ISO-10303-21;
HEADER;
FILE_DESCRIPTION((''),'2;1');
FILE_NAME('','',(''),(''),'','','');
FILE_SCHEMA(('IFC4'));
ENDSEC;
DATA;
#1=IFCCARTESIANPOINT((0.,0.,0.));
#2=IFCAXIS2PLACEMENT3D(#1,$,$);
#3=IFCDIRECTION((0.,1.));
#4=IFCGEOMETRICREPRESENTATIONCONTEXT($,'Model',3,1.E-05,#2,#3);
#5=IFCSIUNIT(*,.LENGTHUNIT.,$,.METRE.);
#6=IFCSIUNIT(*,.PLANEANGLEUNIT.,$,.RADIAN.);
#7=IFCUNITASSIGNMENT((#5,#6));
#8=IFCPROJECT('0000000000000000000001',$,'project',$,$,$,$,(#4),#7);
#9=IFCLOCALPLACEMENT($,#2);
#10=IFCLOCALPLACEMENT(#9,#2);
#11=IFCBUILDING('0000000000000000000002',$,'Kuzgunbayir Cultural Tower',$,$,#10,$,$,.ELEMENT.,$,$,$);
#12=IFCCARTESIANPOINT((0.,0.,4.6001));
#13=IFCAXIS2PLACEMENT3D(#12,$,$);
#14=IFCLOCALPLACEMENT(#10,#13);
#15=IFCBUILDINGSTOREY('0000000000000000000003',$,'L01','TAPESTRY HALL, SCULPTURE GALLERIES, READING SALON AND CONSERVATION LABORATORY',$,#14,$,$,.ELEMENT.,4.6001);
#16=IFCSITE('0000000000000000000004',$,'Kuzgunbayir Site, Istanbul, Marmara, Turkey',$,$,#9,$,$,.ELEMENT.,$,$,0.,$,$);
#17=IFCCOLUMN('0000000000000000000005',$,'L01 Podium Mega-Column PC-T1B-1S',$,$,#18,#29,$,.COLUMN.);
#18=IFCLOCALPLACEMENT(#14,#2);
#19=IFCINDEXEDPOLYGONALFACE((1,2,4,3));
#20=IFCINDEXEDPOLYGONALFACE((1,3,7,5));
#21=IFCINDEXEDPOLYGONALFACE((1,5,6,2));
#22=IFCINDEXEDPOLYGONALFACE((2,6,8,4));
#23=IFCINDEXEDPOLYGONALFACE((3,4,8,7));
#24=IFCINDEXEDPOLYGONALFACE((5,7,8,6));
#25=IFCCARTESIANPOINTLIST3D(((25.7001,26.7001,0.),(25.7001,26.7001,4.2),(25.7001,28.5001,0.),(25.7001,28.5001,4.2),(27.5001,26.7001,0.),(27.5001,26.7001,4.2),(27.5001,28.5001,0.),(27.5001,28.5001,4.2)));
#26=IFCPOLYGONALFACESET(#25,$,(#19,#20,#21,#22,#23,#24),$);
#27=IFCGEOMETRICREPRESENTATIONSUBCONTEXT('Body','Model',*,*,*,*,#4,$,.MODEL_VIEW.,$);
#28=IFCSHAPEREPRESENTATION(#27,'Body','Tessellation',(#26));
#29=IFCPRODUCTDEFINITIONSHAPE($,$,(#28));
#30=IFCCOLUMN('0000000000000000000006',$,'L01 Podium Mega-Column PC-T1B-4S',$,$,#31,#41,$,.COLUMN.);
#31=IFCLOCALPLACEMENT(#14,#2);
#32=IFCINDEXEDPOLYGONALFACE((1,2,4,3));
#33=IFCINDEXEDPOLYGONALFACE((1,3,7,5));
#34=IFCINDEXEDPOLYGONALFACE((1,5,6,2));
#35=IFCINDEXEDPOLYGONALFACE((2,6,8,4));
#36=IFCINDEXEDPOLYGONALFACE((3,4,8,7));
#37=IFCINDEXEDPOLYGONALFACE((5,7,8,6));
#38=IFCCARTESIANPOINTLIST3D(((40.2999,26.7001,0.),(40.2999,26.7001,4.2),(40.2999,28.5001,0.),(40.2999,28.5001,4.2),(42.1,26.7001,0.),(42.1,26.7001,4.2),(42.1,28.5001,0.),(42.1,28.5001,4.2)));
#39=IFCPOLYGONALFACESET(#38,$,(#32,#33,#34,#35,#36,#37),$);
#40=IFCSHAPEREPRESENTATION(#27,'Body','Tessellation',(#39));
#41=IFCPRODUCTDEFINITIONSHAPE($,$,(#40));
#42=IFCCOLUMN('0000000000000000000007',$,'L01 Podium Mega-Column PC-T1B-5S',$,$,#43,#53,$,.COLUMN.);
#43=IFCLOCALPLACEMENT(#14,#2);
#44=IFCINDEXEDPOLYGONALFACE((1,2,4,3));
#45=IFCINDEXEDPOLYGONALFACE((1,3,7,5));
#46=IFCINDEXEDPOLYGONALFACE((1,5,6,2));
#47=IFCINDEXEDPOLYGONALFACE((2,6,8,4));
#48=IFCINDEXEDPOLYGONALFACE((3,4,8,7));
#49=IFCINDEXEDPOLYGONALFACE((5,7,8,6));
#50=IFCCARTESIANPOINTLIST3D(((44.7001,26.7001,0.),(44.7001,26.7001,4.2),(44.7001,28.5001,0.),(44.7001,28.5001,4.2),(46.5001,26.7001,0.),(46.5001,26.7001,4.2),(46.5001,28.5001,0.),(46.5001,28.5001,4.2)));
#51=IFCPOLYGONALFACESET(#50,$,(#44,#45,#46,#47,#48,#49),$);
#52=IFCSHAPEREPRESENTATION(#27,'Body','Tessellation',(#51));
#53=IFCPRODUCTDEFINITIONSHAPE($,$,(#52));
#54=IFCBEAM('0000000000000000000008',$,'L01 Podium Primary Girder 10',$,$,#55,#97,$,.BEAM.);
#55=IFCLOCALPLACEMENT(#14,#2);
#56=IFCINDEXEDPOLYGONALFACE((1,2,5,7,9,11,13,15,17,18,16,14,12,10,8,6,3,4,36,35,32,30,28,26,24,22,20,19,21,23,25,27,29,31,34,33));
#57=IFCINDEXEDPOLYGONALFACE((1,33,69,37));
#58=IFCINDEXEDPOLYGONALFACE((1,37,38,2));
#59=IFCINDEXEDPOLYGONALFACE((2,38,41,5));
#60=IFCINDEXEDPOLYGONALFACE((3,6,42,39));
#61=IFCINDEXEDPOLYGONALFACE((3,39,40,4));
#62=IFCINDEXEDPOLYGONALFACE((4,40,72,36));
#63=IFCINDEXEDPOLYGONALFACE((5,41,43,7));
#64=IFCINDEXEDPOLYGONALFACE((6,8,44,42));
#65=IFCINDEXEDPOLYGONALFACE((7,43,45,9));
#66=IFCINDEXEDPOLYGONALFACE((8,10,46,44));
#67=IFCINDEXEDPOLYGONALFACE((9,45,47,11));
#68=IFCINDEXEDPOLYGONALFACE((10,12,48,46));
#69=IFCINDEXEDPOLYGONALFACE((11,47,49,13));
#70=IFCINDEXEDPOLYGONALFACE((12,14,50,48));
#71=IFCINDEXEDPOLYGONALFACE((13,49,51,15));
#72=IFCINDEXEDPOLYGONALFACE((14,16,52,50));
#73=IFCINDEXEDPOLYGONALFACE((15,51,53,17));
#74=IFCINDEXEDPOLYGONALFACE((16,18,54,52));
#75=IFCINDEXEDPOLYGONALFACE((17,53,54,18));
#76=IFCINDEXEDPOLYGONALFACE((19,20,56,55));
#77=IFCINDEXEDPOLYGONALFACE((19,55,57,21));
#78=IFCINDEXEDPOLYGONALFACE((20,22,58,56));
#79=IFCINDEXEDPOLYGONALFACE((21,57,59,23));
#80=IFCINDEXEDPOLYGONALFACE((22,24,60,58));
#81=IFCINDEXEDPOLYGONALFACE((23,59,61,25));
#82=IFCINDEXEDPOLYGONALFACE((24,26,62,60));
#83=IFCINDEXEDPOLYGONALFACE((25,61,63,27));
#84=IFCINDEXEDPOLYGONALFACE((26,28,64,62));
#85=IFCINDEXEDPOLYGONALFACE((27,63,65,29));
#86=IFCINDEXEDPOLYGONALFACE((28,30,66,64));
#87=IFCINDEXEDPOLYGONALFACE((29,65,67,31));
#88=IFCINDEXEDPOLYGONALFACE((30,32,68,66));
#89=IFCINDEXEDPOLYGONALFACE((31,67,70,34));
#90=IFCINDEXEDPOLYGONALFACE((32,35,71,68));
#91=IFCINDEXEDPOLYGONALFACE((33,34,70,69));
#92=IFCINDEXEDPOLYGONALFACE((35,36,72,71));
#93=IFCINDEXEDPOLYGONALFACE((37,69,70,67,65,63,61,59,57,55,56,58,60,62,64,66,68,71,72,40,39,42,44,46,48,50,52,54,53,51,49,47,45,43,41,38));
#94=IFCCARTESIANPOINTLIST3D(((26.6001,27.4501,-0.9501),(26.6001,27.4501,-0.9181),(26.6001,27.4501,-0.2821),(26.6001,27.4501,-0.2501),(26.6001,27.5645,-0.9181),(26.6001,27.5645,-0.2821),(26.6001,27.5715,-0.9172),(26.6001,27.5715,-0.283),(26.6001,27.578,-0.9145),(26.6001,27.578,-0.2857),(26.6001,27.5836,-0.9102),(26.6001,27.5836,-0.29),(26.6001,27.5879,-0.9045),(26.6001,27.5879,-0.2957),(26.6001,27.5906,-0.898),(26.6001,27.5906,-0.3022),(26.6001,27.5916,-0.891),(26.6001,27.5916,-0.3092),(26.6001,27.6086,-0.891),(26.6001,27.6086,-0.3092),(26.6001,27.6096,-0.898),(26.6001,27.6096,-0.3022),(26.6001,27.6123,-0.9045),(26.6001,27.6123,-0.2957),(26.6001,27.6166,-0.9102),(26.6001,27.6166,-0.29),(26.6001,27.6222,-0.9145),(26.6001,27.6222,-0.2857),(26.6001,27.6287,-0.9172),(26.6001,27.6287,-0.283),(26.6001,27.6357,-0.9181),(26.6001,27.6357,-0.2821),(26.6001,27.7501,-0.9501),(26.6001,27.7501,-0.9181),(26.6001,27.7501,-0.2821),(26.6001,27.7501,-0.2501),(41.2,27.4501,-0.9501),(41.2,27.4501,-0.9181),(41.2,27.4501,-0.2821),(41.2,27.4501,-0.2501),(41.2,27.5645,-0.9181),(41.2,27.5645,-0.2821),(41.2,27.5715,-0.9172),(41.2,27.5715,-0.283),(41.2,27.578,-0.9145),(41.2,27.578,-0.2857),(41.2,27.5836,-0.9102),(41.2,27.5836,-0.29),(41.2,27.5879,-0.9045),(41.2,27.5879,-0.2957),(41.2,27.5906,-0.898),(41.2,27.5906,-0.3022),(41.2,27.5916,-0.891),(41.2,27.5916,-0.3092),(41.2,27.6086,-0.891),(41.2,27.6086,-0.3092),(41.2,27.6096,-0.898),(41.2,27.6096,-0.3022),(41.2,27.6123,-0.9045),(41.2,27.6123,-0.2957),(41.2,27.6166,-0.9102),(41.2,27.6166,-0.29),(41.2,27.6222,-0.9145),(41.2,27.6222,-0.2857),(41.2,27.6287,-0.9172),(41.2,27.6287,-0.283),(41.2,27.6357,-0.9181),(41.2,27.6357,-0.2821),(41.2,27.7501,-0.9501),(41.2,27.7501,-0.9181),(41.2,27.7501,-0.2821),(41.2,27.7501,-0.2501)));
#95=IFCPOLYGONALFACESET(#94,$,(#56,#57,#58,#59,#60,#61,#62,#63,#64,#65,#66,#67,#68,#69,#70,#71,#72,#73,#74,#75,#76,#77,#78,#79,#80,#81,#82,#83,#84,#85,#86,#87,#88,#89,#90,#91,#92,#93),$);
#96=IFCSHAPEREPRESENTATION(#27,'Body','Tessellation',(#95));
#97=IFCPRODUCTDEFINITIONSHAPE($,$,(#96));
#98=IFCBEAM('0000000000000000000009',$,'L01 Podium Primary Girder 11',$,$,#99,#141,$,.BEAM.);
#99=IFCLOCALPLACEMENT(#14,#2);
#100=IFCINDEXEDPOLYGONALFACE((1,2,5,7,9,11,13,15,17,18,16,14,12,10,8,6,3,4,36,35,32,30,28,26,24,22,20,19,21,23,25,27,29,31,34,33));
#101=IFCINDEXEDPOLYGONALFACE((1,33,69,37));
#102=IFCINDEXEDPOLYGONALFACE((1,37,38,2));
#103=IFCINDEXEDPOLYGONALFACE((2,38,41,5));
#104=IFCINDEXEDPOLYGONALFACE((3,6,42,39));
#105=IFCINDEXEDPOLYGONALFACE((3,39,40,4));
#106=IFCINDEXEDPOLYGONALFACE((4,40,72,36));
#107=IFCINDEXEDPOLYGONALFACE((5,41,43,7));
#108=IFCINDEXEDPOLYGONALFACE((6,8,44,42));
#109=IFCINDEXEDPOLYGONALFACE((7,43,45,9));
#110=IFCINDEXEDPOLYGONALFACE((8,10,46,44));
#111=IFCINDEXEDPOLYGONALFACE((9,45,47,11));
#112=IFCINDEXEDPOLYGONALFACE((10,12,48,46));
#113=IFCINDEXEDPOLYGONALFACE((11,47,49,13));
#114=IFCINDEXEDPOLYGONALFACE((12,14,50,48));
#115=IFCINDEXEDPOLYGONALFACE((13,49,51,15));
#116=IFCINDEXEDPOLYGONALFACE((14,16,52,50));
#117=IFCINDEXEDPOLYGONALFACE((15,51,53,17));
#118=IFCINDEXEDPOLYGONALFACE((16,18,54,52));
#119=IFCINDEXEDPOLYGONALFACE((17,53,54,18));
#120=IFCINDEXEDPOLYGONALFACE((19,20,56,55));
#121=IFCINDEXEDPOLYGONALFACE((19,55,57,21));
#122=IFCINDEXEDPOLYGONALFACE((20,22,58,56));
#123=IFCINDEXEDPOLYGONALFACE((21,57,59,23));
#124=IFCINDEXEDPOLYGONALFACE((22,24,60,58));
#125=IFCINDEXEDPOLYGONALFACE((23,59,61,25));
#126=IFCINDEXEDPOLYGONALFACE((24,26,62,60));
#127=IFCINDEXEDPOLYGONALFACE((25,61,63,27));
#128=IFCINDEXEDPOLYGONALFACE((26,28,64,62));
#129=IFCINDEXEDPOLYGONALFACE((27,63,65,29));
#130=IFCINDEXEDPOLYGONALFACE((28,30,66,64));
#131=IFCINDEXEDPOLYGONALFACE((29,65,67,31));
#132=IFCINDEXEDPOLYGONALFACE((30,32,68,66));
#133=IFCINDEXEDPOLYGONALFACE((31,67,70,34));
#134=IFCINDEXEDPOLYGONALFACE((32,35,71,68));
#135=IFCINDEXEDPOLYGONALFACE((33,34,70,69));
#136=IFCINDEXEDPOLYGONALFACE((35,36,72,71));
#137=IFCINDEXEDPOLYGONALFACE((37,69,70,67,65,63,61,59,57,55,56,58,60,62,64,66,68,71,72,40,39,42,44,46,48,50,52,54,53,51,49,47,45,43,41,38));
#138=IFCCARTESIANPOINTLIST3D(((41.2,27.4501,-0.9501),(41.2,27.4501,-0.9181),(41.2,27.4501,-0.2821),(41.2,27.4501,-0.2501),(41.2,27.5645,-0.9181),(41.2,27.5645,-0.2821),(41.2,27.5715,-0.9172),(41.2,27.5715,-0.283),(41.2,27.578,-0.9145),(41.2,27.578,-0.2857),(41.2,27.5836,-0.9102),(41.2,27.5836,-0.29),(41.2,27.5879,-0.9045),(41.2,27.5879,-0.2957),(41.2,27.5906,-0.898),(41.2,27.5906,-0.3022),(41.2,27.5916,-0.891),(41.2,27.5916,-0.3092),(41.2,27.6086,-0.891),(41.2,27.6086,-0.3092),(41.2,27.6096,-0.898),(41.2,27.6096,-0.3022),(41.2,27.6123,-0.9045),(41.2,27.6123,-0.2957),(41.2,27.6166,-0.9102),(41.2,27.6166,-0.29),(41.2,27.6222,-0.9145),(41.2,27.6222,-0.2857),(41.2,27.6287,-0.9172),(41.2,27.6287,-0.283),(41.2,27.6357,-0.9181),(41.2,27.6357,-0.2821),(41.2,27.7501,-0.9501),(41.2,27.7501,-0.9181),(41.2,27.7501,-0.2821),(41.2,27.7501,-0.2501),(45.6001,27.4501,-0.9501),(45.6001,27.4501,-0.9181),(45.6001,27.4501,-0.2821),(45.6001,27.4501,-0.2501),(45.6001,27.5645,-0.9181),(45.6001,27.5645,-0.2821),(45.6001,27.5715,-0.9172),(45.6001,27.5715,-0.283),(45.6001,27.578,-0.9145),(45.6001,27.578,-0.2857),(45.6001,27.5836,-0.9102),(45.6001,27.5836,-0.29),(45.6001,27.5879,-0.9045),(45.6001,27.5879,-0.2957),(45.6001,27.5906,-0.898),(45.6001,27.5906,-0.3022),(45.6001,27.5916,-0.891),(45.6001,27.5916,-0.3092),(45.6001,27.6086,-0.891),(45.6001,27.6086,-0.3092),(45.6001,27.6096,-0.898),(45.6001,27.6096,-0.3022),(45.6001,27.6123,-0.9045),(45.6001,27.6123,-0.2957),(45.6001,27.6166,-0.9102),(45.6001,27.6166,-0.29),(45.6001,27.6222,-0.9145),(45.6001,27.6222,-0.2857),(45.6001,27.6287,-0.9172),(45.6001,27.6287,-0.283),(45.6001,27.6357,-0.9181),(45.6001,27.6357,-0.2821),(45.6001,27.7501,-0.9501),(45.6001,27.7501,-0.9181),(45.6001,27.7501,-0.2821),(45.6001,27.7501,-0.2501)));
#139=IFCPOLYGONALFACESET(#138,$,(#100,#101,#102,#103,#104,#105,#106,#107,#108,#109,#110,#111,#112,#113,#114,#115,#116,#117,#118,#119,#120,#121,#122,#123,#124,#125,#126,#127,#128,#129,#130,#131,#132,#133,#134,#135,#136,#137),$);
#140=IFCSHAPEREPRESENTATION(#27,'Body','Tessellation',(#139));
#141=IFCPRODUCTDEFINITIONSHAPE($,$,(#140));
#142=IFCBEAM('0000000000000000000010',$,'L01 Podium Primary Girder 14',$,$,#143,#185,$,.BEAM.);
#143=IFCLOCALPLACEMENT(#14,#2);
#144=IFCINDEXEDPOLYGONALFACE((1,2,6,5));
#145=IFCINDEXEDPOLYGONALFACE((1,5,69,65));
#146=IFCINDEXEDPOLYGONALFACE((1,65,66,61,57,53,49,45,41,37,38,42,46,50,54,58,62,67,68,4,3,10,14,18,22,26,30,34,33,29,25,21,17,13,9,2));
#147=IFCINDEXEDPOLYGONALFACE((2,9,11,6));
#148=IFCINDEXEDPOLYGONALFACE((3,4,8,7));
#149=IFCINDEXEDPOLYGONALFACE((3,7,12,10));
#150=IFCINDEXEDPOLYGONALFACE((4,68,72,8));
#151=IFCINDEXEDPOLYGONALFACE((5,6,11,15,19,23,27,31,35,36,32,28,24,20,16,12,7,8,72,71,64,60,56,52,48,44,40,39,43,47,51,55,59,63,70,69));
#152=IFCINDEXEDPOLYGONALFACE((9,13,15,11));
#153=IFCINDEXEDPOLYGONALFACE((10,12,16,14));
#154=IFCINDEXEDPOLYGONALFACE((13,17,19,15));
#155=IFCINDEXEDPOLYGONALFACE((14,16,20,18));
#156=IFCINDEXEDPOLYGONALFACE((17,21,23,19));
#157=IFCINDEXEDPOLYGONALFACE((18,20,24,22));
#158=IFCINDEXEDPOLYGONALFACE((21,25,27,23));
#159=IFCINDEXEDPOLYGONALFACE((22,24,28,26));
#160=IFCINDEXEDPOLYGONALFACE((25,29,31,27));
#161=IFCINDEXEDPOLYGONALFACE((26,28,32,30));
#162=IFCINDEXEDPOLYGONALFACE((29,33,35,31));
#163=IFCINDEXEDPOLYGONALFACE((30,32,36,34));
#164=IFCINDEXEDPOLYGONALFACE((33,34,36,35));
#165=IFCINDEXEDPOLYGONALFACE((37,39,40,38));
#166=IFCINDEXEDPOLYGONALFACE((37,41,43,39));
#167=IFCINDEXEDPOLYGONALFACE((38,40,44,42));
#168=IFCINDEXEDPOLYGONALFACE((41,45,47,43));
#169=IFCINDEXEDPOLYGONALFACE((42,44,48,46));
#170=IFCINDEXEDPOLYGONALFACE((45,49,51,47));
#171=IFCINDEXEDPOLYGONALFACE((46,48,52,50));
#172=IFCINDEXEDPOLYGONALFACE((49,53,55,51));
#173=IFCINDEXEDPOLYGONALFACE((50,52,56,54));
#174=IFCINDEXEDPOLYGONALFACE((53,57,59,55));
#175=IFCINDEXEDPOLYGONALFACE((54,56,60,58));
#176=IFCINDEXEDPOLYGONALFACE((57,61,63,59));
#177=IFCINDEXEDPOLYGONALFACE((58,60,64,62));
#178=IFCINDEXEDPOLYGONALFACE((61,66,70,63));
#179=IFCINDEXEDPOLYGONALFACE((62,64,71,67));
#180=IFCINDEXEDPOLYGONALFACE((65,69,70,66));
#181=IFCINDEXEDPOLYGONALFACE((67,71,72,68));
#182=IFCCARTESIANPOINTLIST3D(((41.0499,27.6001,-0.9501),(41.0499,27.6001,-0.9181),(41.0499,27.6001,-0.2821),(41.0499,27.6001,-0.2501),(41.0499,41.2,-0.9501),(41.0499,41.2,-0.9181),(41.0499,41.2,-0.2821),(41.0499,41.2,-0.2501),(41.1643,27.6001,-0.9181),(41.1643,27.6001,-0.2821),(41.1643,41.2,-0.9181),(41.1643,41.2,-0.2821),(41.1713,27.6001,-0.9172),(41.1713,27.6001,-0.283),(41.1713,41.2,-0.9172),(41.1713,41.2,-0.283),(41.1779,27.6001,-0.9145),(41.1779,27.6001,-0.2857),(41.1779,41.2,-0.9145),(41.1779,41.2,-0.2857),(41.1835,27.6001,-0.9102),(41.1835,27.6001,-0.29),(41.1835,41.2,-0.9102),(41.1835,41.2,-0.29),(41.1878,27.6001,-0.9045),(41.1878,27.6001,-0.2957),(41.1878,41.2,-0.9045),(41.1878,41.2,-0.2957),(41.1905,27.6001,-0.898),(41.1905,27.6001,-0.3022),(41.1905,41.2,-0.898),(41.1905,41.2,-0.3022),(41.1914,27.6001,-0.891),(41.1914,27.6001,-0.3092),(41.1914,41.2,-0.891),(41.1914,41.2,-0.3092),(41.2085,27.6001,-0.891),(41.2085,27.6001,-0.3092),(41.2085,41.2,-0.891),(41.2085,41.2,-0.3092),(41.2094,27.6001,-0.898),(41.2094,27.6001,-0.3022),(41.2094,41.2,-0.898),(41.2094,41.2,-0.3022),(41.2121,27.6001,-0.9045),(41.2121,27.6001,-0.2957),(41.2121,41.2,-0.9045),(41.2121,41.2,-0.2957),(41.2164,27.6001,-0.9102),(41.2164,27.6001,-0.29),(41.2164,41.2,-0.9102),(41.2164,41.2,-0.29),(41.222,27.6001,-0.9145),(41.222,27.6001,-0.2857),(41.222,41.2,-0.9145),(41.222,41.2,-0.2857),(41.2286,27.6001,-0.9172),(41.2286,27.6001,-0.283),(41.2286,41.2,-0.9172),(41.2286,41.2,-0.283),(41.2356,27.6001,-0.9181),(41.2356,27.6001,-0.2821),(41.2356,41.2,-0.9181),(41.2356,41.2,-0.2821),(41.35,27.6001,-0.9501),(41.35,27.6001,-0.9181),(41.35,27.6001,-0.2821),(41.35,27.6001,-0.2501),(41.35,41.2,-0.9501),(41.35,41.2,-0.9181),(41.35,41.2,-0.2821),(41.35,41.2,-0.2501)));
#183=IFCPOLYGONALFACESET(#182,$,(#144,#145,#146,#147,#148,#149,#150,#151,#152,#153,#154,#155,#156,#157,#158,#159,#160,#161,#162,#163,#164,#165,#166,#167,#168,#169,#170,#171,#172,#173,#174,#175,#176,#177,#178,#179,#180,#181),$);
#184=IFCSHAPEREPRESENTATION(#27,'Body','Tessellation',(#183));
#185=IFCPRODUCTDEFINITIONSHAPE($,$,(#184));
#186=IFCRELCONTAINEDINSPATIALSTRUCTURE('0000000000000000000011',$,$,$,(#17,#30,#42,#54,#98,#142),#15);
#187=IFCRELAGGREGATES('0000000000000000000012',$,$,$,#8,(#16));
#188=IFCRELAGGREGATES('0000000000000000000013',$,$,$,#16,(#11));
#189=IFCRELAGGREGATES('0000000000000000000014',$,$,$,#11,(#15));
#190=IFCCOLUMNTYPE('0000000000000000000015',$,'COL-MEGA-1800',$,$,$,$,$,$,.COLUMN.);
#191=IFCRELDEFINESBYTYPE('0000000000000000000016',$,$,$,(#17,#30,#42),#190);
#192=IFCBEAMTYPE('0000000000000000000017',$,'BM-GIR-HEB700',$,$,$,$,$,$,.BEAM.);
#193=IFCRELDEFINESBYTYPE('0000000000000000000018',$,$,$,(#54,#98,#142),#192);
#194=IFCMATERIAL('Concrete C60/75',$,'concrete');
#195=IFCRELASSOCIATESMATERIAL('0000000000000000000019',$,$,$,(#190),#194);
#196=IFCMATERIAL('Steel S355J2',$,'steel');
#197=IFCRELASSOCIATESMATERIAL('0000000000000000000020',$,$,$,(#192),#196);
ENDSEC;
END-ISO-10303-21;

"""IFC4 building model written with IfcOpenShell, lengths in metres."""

from ifc_helpers import new_model, si_unit, direction, frame, origin, origin_2d, place, context, subcontext, project, spatial, rectangle, i_section, extrude, material, material_profile, profile_set, type_object, element, save


model = new_model("IFC4")

# Units and contexts
model_context = context("Model", 3, precision=1e-05, world=origin(), true_north=direction((0.0, 1.0)))
body_context = subcontext(model_context, "Body", "Model", "MODEL_VIEW")
ifc_project = project(units=[si_unit("LENGTHUNIT", "METRE"), si_unit("PLANEANGLEUNIT", "RADIAN")], contexts=[model_context])

# Site, building, storey
site_placement = place(None, origin())
site = spatial("IfcSite", under=ifc_project, at=site_placement, Name="Kuzgunbayir Site, Istanbul, Marmara, Turkey", CompositionType="ELEMENT", RefElevation=0.0)
building_placement = place(site_placement, origin())
building = spatial("IfcBuilding", under=site, at=building_placement, Name="Kuzgunbayir Cultural Tower", CompositionType="ELEMENT")
storey_placement = place(building_placement, frame((0.0, 0.0, 4.6001)))
storey = spatial("IfcBuildingStorey", under=building, at=storey_placement, Name="L01", Description="TAPESTRY HALL, SCULPTURE GALLERIES, READING SALON AND CONSERVATION LABORATORY", CompositionType="ELEMENT", Elevation=4.6001)

# Columns
ifc_material_1 = material(Name="Concrete C60/75", Category="concrete")
ifc_material_profile_1 = material_profile(ifc_material_1, rectangle(XDim=1.8, YDim=1.8, at=origin_2d()), Name="RC 1800x1800")
ifc_profile_set_1 = profile_set([ifc_material_profile_1], Name="Concrete C60/75")
column_type = type_object("IfcColumnType", Name="COL-MEGA-1800", PredefinedType="COLUMN", material=ifc_profile_set_1)
for number, where, z_axis, x_axis, name in (
    (1, (26.6001, 27.6001, 0.0), (0.0, 0.0, 1.0), (1.0, 0.0, 0.0), "L01 Podium Mega-Column PC-T1B-1S"),
    (2, (41.2, 27.6001, 0.0), (0.0, 0.0, 1.0), (1.0, 0.0, 0.0), "L01 Podium Mega-Column PC-T1B-4S"),
    (3, (45.6001, 27.6001, 0.0), (0.0, 0.0, 1.0), (1.0, 0.0, 0.0), "L01 Podium Mega-Column PC-T1B-5S"),
):
    element("IfcColumn", number, at=place(storey_placement, frame(where, z_axis=z_axis, x_axis=x_axis)), inside=storey, type_object=column_type, Name=name, PredefinedType="COLUMN", context=body_context, shape_type="SweptSolid", body=[
        extrude(rectangle(XDim=1.8, YDim=1.8, at=origin_2d()), origin(), (0.0, 0.0, 1.0), 4.2),
    ])

# Beams
ifc_material_2 = material(Name="Steel S355J2", Category="steel")
ifc_material_profile_2 = material_profile(ifc_material_2, i_section(OverallWidth=0.3, OverallDepth=0.7, WebThickness=0.0171, FlangeThickness=0.032, FilletRadius=0.0271, at=origin_2d()), Name="HEB 700")
ifc_profile_set_2 = profile_set([ifc_material_profile_2], Name="Steel S355J2")
beam_type = type_object("IfcBeamType", Name="BM-GIR-HEB700", PredefinedType="BEAM", material=ifc_profile_set_2)
beam_1_placement = place(storey_placement, frame((26.6001, 27.6001, -0.6001), z_axis=(1.0, 0.0, 0.0), x_axis=(0.0, 1.0, 0.0)))
element("IfcBeam", 4, at=beam_1_placement, inside=storey, type_object=beam_type, Name="L01 Podium Primary Girder 10", PredefinedType="BEAM", context=body_context, shape_type="SweptSolid", body=[
    extrude(i_section(OverallWidth=0.3, OverallDepth=0.7, WebThickness=0.0171, FlangeThickness=0.032, FilletRadius=0.0271, at=origin_2d()), origin(), (0.0, 0.0, 1.0), 14.5999),
])
beam_2_placement = place(storey_placement, frame((41.2, 27.6001, -0.6001), z_axis=(1.0, 0.0, 0.0), x_axis=(0.0, 1.0, 0.0)))
element("IfcBeam", 5, at=beam_2_placement, inside=storey, type_object=beam_type, Name="L01 Podium Primary Girder 11", PredefinedType="BEAM", context=body_context, shape_type="SweptSolid", body=[
    extrude(i_section(OverallWidth=0.3, OverallDepth=0.7, WebThickness=0.0171, FlangeThickness=0.032, FilletRadius=0.0271, at=origin_2d()), origin(), (0.0, 0.0, 1.0), 4.4001),
])
for number, where, z_axis, x_axis, name in (
    (6, (41.2, 27.6001, -0.6001), (0.0, 1.0, 0.0), (-1.0, 0.0, 0.0), "L01 Podium Primary Girder 14"),
):
    element("IfcBeam", number, at=place(storey_placement, frame(where, z_axis=z_axis, x_axis=x_axis)), inside=storey, type_object=beam_type, Name=name, PredefinedType="BEAM", context=body_context, shape_type="SweptSolid", body=[
        extrude(i_section(OverallWidth=0.3, OverallDepth=0.7, WebThickness=0.0171, FlangeThickness=0.032, FilletRadius=0.0271, at=origin_2d()), origin(), (0.0, 0.0, 1.0), 13.5999),
    ])

save(model, "model.ifc")
